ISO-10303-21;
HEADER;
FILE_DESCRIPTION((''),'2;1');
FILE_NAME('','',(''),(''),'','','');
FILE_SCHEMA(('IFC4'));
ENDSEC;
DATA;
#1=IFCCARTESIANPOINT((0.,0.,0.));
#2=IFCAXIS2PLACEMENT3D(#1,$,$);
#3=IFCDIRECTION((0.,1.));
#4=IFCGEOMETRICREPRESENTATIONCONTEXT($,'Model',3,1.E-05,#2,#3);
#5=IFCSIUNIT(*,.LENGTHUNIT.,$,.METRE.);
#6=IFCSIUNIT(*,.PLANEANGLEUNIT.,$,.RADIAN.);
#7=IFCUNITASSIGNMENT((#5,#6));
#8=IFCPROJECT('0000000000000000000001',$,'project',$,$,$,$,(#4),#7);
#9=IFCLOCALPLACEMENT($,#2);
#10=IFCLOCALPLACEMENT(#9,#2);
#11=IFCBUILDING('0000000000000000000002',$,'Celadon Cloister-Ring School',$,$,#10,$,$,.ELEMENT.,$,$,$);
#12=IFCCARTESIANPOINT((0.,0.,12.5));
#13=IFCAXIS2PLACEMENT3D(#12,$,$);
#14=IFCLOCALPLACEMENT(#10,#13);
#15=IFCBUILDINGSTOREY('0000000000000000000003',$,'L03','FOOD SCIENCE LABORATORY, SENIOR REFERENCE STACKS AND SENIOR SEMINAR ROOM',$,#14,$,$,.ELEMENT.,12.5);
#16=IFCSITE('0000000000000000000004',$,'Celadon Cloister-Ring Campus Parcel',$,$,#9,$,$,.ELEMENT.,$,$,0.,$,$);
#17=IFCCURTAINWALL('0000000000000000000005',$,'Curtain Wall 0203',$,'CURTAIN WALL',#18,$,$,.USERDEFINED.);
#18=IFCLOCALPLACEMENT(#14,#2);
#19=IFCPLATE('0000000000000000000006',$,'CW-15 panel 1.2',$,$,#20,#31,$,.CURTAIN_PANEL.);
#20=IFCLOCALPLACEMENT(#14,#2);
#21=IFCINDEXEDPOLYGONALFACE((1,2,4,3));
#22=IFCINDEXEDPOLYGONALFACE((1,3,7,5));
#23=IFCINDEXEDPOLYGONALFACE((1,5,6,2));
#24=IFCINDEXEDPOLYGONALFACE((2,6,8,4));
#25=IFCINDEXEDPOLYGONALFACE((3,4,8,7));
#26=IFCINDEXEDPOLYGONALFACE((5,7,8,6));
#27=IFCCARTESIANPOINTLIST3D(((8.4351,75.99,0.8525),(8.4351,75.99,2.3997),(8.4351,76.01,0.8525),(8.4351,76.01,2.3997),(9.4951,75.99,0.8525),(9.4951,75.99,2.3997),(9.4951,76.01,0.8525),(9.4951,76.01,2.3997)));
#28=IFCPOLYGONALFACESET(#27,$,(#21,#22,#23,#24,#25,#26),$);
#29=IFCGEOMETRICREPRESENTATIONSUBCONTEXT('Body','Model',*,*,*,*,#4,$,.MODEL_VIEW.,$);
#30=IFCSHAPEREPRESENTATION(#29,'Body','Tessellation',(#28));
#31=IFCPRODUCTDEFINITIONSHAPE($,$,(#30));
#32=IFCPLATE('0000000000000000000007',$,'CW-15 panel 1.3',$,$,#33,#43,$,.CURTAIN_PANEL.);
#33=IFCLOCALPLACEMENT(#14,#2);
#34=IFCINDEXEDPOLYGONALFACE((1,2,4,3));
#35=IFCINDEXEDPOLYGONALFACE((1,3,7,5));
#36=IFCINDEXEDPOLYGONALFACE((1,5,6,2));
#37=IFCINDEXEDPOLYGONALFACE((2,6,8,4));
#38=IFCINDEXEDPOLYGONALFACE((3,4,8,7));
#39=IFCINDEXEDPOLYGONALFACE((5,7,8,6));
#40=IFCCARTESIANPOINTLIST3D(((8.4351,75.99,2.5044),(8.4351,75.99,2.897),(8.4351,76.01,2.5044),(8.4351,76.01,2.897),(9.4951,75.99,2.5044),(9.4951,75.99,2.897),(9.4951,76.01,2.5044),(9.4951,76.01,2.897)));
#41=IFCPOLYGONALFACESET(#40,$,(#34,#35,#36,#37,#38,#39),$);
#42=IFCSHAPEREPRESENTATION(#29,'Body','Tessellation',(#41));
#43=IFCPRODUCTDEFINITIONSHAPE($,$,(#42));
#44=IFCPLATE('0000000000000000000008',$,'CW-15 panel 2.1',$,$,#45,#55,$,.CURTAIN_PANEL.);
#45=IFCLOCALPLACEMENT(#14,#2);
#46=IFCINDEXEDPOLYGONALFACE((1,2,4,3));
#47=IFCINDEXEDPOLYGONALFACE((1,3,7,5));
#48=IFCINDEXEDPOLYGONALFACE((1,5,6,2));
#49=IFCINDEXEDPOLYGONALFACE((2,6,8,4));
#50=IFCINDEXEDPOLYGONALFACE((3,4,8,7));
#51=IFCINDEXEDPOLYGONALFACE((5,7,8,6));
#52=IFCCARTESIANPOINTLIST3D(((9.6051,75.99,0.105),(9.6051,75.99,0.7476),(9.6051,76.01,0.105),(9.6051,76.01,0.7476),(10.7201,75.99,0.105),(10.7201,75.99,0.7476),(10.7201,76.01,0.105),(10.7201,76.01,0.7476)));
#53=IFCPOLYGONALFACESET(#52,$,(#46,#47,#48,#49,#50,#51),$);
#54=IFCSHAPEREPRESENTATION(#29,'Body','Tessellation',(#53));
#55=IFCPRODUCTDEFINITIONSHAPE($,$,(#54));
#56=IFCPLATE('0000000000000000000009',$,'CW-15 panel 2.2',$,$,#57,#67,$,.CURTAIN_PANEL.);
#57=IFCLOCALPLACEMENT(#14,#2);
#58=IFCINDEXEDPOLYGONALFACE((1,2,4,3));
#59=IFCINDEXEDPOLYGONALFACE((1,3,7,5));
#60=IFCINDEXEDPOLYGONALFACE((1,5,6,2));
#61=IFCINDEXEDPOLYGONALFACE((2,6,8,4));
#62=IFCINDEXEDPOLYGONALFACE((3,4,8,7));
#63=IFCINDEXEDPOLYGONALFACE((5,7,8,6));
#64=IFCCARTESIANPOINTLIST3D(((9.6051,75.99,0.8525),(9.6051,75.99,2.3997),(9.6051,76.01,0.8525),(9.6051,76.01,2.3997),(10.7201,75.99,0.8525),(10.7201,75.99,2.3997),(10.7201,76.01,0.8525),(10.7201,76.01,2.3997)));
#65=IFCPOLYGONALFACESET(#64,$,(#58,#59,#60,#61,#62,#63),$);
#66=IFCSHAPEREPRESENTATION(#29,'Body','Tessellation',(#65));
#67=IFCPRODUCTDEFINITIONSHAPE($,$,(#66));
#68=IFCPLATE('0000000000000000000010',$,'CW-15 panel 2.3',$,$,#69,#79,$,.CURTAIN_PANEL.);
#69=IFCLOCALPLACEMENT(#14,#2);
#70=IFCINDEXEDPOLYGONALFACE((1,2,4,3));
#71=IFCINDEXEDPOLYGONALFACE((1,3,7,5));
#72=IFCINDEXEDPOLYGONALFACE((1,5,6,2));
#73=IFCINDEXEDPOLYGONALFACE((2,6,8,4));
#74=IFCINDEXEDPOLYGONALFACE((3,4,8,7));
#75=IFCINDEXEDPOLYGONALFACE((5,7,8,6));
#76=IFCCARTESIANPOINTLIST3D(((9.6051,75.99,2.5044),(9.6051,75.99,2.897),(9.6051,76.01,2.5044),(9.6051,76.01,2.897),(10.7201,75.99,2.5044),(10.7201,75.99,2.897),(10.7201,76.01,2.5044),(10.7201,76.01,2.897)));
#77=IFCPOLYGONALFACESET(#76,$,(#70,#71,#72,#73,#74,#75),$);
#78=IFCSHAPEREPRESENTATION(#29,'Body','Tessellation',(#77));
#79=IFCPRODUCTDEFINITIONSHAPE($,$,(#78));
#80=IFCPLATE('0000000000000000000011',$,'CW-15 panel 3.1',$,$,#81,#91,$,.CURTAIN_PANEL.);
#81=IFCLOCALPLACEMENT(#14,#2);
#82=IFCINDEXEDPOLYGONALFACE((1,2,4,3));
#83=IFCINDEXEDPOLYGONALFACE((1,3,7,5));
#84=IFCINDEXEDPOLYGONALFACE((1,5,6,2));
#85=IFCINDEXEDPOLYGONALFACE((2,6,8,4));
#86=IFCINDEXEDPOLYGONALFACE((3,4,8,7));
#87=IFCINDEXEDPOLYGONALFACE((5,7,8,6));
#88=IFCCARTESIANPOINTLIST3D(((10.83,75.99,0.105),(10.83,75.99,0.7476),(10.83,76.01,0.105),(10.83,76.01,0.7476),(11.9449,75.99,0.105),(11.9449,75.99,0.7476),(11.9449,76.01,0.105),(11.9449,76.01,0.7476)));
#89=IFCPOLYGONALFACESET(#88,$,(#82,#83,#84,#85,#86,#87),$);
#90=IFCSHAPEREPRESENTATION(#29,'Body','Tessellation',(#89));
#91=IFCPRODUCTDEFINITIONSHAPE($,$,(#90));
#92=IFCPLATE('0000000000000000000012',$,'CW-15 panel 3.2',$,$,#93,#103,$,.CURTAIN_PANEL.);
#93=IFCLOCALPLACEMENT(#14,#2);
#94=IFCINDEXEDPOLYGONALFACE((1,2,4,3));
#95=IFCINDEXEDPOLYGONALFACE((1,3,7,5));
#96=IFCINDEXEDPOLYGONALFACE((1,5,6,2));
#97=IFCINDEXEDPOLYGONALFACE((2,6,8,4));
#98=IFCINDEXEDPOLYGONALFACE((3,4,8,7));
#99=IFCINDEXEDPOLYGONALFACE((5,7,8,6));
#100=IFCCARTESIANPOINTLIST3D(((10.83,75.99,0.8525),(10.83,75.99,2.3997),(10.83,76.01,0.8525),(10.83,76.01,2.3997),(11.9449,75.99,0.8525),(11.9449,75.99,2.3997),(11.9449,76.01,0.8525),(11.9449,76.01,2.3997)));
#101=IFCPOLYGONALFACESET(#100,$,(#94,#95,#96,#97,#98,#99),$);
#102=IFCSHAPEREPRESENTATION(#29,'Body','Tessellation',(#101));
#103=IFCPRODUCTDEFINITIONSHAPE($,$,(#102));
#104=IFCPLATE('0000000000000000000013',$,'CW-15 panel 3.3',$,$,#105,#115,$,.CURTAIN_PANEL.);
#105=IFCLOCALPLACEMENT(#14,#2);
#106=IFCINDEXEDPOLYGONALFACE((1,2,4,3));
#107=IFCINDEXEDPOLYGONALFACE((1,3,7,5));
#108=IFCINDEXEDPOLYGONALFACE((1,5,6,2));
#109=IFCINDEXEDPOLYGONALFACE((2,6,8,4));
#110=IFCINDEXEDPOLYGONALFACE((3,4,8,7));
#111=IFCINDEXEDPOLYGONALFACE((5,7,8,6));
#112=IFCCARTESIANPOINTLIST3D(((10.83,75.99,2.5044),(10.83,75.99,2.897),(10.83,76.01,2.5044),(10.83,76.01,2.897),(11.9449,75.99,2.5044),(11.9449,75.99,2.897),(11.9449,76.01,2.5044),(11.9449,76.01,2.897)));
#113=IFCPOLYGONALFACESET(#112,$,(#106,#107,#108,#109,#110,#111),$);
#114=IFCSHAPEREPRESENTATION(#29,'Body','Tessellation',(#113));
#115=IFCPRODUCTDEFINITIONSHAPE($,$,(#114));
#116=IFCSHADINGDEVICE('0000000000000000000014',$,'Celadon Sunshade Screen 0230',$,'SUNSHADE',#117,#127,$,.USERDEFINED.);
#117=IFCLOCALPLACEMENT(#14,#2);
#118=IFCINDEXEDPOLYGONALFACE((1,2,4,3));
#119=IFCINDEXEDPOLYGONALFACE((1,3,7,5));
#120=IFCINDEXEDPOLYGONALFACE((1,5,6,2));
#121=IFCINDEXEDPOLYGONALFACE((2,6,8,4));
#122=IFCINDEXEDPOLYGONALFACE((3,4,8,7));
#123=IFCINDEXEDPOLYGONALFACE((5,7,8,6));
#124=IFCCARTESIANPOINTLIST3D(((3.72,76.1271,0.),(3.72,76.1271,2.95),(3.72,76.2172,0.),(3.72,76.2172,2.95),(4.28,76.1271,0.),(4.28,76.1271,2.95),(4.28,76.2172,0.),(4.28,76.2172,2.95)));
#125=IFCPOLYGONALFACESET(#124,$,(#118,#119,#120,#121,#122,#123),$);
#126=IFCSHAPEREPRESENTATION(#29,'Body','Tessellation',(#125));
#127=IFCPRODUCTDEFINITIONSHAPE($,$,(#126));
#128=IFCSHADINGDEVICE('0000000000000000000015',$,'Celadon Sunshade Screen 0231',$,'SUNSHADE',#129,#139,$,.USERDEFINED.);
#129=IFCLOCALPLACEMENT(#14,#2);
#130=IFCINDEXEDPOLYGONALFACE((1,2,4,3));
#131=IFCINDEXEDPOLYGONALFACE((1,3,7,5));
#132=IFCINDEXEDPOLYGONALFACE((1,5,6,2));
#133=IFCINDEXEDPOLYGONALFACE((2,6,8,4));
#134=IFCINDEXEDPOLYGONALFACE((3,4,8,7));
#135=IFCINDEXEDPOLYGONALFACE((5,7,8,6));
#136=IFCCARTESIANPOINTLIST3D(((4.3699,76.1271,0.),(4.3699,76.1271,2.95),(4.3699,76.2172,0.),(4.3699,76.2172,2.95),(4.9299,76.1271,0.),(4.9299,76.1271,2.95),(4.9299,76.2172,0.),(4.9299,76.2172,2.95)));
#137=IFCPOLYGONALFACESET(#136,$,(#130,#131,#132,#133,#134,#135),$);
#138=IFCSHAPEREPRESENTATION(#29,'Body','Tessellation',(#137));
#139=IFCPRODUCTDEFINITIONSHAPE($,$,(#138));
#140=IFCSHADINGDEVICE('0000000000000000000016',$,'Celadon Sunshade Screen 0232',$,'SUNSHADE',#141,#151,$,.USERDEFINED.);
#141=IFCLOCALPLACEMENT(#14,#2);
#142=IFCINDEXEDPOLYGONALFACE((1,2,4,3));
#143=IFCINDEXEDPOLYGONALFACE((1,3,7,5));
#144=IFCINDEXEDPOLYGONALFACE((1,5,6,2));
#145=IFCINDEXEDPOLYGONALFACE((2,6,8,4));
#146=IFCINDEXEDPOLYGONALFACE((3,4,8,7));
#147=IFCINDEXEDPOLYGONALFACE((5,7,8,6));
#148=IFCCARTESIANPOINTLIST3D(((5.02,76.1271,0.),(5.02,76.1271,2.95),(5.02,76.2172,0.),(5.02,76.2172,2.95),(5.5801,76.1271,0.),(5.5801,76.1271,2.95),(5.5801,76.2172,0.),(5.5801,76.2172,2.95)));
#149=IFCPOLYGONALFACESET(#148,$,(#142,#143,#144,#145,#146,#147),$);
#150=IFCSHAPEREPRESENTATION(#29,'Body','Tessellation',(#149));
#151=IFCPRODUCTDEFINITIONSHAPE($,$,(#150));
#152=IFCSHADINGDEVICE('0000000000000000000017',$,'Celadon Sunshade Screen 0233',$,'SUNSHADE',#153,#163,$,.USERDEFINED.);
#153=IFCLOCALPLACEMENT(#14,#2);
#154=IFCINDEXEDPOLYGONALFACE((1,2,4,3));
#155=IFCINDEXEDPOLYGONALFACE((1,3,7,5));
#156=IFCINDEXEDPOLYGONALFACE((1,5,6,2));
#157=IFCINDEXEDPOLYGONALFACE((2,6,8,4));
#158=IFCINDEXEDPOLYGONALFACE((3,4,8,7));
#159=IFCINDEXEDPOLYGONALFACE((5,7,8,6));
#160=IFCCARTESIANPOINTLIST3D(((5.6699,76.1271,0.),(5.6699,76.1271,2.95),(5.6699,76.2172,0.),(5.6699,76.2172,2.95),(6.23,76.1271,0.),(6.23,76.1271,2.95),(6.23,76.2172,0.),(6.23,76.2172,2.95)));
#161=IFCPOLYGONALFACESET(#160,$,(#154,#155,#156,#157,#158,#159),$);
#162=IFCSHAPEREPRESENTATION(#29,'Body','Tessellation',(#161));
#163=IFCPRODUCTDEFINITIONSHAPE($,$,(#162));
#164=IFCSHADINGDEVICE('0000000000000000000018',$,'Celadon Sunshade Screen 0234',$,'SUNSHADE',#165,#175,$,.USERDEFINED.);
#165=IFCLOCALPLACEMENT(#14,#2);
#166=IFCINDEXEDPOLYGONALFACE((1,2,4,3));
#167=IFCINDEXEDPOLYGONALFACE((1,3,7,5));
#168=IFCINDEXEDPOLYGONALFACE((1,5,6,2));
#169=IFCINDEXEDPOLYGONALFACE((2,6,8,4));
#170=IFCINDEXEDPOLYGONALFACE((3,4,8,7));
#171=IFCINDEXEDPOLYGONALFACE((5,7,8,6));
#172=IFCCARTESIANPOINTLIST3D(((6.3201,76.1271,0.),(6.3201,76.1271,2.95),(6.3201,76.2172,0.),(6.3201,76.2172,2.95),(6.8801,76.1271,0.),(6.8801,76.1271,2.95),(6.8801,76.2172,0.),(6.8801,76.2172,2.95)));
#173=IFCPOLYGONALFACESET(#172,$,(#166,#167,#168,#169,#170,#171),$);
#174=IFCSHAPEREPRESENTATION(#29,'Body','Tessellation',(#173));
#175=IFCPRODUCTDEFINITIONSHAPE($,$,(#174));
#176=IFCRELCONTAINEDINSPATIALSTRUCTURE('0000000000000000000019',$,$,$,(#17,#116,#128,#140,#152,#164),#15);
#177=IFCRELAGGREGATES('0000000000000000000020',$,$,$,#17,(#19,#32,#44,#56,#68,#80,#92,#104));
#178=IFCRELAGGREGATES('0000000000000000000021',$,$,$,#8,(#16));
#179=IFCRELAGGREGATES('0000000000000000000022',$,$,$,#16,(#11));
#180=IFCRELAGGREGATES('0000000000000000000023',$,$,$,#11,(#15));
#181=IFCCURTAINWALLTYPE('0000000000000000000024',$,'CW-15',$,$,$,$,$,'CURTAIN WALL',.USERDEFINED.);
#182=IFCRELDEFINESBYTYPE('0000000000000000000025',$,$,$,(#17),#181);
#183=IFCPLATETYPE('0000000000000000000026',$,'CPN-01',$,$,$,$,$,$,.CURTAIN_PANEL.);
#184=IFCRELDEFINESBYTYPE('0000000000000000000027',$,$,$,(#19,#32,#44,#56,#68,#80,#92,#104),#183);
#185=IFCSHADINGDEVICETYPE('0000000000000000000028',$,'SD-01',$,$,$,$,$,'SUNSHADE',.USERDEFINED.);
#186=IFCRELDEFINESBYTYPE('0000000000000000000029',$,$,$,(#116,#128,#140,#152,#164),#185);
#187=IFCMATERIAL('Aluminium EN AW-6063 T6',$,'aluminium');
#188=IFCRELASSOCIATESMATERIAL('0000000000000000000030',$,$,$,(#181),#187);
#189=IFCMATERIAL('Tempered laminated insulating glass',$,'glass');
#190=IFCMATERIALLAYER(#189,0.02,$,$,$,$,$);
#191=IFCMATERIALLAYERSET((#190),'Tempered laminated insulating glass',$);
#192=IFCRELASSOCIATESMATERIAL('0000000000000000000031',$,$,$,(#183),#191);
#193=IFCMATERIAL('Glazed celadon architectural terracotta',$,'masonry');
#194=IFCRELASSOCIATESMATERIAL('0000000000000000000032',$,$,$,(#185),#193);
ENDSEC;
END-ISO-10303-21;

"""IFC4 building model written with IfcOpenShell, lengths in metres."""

from ifc_helpers import new_model, si_unit, direction, frame, origin, origin_2d, place, context, subcontext, project, spatial, rectangle, extrude, material, layer, layer_set, type_object, element, aggregate, save


model = new_model("IFC4")

# Units and contexts
model_context = context("Model", 3, precision=1e-05, world=origin(), true_north=direction((0.0, 1.0)))
body_context = subcontext(model_context, "Body", "Model", "MODEL_VIEW")
ifc_project = project(units=[si_unit("LENGTHUNIT", "METRE"), si_unit("PLANEANGLEUNIT", "RADIAN")], contexts=[model_context])

# Site, building, storey
site_placement = place(None, origin())
site = spatial("IfcSite", under=ifc_project, at=site_placement, Name="Celadon Cloister-Ring Campus Parcel", CompositionType="ELEMENT", RefElevation=0.0)
building_placement = place(site_placement, origin())
building = spatial("IfcBuilding", under=site, at=building_placement, Name="Celadon Cloister-Ring School", CompositionType="ELEMENT")
storey_placement = place(building_placement, frame((0.0, 0.0, 12.5)))
storey = spatial("IfcBuildingStorey", under=building, at=storey_placement, Name="L03", Description="FOOD SCIENCE LABORATORY, SENIOR REFERENCE STACKS AND SENIOR SEMINAR ROOM", CompositionType="ELEMENT", Elevation=12.5)

# Curtain wall, plates
ifc_material_1 = material(Name="Aluminium EN AW-6063 T6", Category="aluminium")
curtain_wall_type = type_object("IfcCurtainWallType", Name="CW-15", ElementType="CURTAIN WALL", PredefinedType="USERDEFINED", material=ifc_material_1)
curtain_wall_placement = place(storey_placement, origin())
curtain_wall = element("IfcCurtainWall", 1, at=curtain_wall_placement, inside=storey, type_object=curtain_wall_type, Name="Curtain Wall 0203", ObjectType="CURTAIN WALL", PredefinedType="USERDEFINED")
ifc_material_2 = material(Name="Tempered laminated insulating glass", Category="glass")
ifc_layer = layer(ifc_material_2, 0.02)
ifc_layer_set = layer_set([ifc_layer], Name="Tempered laminated insulating glass")
plate_type = type_object("IfcPlateType", Name="CPN-01", PredefinedType="CURTAIN_PANEL", material=ifc_layer_set)
plate_1_placement = place(storey_placement, frame((8.9651, 76.0, 0.8525), z_axis=(0.0, 0.0, 1.0), x_axis=(1.0, 0.0, 0.0)))
plate_1 = element("IfcPlate", 2, at=plate_1_placement, type_object=plate_type, Name="CW-15 panel 1.2", PredefinedType="CURTAIN_PANEL", context=body_context, shape_type="SweptSolid", body=[
    extrude(rectangle(XDim=1.0601, YDim=0.02, at=origin_2d()), origin(), (0.0, 0.0, 1.0), 1.5471),
])
plate_2_placement = place(storey_placement, frame((8.9651, 76.0, 2.5044), z_axis=(0.0, 0.0, 1.0), x_axis=(1.0, 0.0, 0.0)))
plate_2 = element("IfcPlate", 3, at=plate_2_placement, type_object=plate_type, Name="CW-15 panel 1.3", PredefinedType="CURTAIN_PANEL", context=body_context, shape_type="SweptSolid", body=[
    extrude(rectangle(XDim=1.0601, YDim=0.02, at=origin_2d()), origin(), (0.0, 0.0, 1.0), 0.3926),
])
plate_3_placement = place(storey_placement, frame((10.1626, 76.0, 0.105), z_axis=(0.0, 0.0, 1.0), x_axis=(1.0, 0.0, 0.0)))
plate_3 = element("IfcPlate", 4, at=plate_3_placement, type_object=plate_type, Name="CW-15 panel 2.1", PredefinedType="CURTAIN_PANEL", context=body_context, shape_type="SweptSolid", body=[
    extrude(rectangle(XDim=1.115, YDim=0.02, at=origin_2d()), origin(), (0.0, 0.0, 1.0), 0.6426),
])
plate_4_placement = place(storey_placement, frame((10.1626, 76.0, 0.8525), z_axis=(0.0, 0.0, 1.0), x_axis=(1.0, 0.0, 0.0)))
plate_4 = element("IfcPlate", 5, at=plate_4_placement, type_object=plate_type, Name="CW-15 panel 2.2", PredefinedType="CURTAIN_PANEL", context=body_context, shape_type="SweptSolid", body=[
    extrude(rectangle(XDim=1.115, YDim=0.02, at=origin_2d()), origin(), (0.0, 0.0, 1.0), 1.5471),
])
plate_5_placement = place(storey_placement, frame((10.1626, 76.0, 2.5044), z_axis=(0.0, 0.0, 1.0), x_axis=(1.0, 0.0, 0.0)))
plate_5 = element("IfcPlate", 6, at=plate_5_placement, type_object=plate_type, Name="CW-15 panel 2.3", PredefinedType="CURTAIN_PANEL", context=body_context, shape_type="SweptSolid", body=[
    extrude(rectangle(XDim=1.115, YDim=0.02, at=origin_2d()), origin(), (0.0, 0.0, 1.0), 0.3926),
])
plate_6_placement = place(storey_placement, frame((11.3875, 76.0, 0.105), z_axis=(0.0, 0.0, 1.0), x_axis=(1.0, 0.0, 0.0)))
plate_6 = element("IfcPlate", 7, at=plate_6_placement, type_object=plate_type, Name="CW-15 panel 3.1", PredefinedType="CURTAIN_PANEL", context=body_context, shape_type="SweptSolid", body=[
    extrude(rectangle(XDim=1.115, YDim=0.02, at=origin_2d()), origin(), (0.0, 0.0, 1.0), 0.6426),
])
plate_7_placement = place(storey_placement, frame((11.3875, 76.0, 0.8525), z_axis=(0.0, 0.0, 1.0), x_axis=(1.0, 0.0, 0.0)))
plate_7 = element("IfcPlate", 8, at=plate_7_placement, type_object=plate_type, Name="CW-15 panel 3.2", PredefinedType="CURTAIN_PANEL", context=body_context, shape_type="SweptSolid", body=[
    extrude(rectangle(XDim=1.115, YDim=0.02, at=origin_2d()), origin(), (0.0, 0.0, 1.0), 1.5471),
])
plate_8_placement = place(storey_placement, frame((11.3875, 76.0, 2.5044), z_axis=(0.0, 0.0, 1.0), x_axis=(1.0, 0.0, 0.0)))
plate_8 = element("IfcPlate", 9, at=plate_8_placement, type_object=plate_type, Name="CW-15 panel 3.3", PredefinedType="CURTAIN_PANEL", context=body_context, shape_type="SweptSolid", body=[
    extrude(rectangle(XDim=1.115, YDim=0.02, at=origin_2d()), origin(), (0.0, 0.0, 1.0), 0.3926),
])
aggregate(curtain_wall, [plate_1, plate_2, plate_3, plate_4, plate_5, plate_6, plate_7, plate_8])

# Shading devices
ifc_material_3 = material(Name="Glazed celadon architectural terracotta", Category="masonry")
shading_device_type = type_object("IfcShadingDeviceType", Name="SD-01", ElementType="SUNSHADE", PredefinedType="USERDEFINED", material=ifc_material_3)
for number, where, z_axis, x_axis, name in (
    (10, (4.0, 76.1721, 0.0), (0.0, 0.0, 1.0), (1.0, 0.0, 0.0), "Celadon Sunshade Screen 0230"),
    (11, (4.6499, 76.1721, 0.0), (0.0, 0.0, 1.0), (1.0, 0.0, 0.0), "Celadon Sunshade Screen 0231"),
    (12, (5.3, 76.1721, 0.0), (0.0, 0.0, 1.0), (1.0, 0.0, 0.0), "Celadon Sunshade Screen 0232"),
    (13, (5.95, 76.1721, 0.0), (0.0, 0.0, 1.0), (1.0, 0.0, 0.0), "Celadon Sunshade Screen 0233"),
    (14, (6.6001, 76.1721, 0.0), (0.0, 0.0, 1.0), (1.0, 0.0, 0.0), "Celadon Sunshade Screen 0234"),
):
    element("IfcShadingDevice", number, at=place(storey_placement, frame(where, z_axis=z_axis, x_axis=x_axis)), inside=storey, type_object=shading_device_type, Name=name, ObjectType="SUNSHADE", PredefinedType="USERDEFINED", context=body_context, shape_type="SweptSolid", body=[
        extrude(rectangle(XDim=0.5601, YDim=0.0901, at=origin_2d()), origin(), (0.0, 0.0, 1.0), 2.95),
    ])

save(model, "model.ifc")
